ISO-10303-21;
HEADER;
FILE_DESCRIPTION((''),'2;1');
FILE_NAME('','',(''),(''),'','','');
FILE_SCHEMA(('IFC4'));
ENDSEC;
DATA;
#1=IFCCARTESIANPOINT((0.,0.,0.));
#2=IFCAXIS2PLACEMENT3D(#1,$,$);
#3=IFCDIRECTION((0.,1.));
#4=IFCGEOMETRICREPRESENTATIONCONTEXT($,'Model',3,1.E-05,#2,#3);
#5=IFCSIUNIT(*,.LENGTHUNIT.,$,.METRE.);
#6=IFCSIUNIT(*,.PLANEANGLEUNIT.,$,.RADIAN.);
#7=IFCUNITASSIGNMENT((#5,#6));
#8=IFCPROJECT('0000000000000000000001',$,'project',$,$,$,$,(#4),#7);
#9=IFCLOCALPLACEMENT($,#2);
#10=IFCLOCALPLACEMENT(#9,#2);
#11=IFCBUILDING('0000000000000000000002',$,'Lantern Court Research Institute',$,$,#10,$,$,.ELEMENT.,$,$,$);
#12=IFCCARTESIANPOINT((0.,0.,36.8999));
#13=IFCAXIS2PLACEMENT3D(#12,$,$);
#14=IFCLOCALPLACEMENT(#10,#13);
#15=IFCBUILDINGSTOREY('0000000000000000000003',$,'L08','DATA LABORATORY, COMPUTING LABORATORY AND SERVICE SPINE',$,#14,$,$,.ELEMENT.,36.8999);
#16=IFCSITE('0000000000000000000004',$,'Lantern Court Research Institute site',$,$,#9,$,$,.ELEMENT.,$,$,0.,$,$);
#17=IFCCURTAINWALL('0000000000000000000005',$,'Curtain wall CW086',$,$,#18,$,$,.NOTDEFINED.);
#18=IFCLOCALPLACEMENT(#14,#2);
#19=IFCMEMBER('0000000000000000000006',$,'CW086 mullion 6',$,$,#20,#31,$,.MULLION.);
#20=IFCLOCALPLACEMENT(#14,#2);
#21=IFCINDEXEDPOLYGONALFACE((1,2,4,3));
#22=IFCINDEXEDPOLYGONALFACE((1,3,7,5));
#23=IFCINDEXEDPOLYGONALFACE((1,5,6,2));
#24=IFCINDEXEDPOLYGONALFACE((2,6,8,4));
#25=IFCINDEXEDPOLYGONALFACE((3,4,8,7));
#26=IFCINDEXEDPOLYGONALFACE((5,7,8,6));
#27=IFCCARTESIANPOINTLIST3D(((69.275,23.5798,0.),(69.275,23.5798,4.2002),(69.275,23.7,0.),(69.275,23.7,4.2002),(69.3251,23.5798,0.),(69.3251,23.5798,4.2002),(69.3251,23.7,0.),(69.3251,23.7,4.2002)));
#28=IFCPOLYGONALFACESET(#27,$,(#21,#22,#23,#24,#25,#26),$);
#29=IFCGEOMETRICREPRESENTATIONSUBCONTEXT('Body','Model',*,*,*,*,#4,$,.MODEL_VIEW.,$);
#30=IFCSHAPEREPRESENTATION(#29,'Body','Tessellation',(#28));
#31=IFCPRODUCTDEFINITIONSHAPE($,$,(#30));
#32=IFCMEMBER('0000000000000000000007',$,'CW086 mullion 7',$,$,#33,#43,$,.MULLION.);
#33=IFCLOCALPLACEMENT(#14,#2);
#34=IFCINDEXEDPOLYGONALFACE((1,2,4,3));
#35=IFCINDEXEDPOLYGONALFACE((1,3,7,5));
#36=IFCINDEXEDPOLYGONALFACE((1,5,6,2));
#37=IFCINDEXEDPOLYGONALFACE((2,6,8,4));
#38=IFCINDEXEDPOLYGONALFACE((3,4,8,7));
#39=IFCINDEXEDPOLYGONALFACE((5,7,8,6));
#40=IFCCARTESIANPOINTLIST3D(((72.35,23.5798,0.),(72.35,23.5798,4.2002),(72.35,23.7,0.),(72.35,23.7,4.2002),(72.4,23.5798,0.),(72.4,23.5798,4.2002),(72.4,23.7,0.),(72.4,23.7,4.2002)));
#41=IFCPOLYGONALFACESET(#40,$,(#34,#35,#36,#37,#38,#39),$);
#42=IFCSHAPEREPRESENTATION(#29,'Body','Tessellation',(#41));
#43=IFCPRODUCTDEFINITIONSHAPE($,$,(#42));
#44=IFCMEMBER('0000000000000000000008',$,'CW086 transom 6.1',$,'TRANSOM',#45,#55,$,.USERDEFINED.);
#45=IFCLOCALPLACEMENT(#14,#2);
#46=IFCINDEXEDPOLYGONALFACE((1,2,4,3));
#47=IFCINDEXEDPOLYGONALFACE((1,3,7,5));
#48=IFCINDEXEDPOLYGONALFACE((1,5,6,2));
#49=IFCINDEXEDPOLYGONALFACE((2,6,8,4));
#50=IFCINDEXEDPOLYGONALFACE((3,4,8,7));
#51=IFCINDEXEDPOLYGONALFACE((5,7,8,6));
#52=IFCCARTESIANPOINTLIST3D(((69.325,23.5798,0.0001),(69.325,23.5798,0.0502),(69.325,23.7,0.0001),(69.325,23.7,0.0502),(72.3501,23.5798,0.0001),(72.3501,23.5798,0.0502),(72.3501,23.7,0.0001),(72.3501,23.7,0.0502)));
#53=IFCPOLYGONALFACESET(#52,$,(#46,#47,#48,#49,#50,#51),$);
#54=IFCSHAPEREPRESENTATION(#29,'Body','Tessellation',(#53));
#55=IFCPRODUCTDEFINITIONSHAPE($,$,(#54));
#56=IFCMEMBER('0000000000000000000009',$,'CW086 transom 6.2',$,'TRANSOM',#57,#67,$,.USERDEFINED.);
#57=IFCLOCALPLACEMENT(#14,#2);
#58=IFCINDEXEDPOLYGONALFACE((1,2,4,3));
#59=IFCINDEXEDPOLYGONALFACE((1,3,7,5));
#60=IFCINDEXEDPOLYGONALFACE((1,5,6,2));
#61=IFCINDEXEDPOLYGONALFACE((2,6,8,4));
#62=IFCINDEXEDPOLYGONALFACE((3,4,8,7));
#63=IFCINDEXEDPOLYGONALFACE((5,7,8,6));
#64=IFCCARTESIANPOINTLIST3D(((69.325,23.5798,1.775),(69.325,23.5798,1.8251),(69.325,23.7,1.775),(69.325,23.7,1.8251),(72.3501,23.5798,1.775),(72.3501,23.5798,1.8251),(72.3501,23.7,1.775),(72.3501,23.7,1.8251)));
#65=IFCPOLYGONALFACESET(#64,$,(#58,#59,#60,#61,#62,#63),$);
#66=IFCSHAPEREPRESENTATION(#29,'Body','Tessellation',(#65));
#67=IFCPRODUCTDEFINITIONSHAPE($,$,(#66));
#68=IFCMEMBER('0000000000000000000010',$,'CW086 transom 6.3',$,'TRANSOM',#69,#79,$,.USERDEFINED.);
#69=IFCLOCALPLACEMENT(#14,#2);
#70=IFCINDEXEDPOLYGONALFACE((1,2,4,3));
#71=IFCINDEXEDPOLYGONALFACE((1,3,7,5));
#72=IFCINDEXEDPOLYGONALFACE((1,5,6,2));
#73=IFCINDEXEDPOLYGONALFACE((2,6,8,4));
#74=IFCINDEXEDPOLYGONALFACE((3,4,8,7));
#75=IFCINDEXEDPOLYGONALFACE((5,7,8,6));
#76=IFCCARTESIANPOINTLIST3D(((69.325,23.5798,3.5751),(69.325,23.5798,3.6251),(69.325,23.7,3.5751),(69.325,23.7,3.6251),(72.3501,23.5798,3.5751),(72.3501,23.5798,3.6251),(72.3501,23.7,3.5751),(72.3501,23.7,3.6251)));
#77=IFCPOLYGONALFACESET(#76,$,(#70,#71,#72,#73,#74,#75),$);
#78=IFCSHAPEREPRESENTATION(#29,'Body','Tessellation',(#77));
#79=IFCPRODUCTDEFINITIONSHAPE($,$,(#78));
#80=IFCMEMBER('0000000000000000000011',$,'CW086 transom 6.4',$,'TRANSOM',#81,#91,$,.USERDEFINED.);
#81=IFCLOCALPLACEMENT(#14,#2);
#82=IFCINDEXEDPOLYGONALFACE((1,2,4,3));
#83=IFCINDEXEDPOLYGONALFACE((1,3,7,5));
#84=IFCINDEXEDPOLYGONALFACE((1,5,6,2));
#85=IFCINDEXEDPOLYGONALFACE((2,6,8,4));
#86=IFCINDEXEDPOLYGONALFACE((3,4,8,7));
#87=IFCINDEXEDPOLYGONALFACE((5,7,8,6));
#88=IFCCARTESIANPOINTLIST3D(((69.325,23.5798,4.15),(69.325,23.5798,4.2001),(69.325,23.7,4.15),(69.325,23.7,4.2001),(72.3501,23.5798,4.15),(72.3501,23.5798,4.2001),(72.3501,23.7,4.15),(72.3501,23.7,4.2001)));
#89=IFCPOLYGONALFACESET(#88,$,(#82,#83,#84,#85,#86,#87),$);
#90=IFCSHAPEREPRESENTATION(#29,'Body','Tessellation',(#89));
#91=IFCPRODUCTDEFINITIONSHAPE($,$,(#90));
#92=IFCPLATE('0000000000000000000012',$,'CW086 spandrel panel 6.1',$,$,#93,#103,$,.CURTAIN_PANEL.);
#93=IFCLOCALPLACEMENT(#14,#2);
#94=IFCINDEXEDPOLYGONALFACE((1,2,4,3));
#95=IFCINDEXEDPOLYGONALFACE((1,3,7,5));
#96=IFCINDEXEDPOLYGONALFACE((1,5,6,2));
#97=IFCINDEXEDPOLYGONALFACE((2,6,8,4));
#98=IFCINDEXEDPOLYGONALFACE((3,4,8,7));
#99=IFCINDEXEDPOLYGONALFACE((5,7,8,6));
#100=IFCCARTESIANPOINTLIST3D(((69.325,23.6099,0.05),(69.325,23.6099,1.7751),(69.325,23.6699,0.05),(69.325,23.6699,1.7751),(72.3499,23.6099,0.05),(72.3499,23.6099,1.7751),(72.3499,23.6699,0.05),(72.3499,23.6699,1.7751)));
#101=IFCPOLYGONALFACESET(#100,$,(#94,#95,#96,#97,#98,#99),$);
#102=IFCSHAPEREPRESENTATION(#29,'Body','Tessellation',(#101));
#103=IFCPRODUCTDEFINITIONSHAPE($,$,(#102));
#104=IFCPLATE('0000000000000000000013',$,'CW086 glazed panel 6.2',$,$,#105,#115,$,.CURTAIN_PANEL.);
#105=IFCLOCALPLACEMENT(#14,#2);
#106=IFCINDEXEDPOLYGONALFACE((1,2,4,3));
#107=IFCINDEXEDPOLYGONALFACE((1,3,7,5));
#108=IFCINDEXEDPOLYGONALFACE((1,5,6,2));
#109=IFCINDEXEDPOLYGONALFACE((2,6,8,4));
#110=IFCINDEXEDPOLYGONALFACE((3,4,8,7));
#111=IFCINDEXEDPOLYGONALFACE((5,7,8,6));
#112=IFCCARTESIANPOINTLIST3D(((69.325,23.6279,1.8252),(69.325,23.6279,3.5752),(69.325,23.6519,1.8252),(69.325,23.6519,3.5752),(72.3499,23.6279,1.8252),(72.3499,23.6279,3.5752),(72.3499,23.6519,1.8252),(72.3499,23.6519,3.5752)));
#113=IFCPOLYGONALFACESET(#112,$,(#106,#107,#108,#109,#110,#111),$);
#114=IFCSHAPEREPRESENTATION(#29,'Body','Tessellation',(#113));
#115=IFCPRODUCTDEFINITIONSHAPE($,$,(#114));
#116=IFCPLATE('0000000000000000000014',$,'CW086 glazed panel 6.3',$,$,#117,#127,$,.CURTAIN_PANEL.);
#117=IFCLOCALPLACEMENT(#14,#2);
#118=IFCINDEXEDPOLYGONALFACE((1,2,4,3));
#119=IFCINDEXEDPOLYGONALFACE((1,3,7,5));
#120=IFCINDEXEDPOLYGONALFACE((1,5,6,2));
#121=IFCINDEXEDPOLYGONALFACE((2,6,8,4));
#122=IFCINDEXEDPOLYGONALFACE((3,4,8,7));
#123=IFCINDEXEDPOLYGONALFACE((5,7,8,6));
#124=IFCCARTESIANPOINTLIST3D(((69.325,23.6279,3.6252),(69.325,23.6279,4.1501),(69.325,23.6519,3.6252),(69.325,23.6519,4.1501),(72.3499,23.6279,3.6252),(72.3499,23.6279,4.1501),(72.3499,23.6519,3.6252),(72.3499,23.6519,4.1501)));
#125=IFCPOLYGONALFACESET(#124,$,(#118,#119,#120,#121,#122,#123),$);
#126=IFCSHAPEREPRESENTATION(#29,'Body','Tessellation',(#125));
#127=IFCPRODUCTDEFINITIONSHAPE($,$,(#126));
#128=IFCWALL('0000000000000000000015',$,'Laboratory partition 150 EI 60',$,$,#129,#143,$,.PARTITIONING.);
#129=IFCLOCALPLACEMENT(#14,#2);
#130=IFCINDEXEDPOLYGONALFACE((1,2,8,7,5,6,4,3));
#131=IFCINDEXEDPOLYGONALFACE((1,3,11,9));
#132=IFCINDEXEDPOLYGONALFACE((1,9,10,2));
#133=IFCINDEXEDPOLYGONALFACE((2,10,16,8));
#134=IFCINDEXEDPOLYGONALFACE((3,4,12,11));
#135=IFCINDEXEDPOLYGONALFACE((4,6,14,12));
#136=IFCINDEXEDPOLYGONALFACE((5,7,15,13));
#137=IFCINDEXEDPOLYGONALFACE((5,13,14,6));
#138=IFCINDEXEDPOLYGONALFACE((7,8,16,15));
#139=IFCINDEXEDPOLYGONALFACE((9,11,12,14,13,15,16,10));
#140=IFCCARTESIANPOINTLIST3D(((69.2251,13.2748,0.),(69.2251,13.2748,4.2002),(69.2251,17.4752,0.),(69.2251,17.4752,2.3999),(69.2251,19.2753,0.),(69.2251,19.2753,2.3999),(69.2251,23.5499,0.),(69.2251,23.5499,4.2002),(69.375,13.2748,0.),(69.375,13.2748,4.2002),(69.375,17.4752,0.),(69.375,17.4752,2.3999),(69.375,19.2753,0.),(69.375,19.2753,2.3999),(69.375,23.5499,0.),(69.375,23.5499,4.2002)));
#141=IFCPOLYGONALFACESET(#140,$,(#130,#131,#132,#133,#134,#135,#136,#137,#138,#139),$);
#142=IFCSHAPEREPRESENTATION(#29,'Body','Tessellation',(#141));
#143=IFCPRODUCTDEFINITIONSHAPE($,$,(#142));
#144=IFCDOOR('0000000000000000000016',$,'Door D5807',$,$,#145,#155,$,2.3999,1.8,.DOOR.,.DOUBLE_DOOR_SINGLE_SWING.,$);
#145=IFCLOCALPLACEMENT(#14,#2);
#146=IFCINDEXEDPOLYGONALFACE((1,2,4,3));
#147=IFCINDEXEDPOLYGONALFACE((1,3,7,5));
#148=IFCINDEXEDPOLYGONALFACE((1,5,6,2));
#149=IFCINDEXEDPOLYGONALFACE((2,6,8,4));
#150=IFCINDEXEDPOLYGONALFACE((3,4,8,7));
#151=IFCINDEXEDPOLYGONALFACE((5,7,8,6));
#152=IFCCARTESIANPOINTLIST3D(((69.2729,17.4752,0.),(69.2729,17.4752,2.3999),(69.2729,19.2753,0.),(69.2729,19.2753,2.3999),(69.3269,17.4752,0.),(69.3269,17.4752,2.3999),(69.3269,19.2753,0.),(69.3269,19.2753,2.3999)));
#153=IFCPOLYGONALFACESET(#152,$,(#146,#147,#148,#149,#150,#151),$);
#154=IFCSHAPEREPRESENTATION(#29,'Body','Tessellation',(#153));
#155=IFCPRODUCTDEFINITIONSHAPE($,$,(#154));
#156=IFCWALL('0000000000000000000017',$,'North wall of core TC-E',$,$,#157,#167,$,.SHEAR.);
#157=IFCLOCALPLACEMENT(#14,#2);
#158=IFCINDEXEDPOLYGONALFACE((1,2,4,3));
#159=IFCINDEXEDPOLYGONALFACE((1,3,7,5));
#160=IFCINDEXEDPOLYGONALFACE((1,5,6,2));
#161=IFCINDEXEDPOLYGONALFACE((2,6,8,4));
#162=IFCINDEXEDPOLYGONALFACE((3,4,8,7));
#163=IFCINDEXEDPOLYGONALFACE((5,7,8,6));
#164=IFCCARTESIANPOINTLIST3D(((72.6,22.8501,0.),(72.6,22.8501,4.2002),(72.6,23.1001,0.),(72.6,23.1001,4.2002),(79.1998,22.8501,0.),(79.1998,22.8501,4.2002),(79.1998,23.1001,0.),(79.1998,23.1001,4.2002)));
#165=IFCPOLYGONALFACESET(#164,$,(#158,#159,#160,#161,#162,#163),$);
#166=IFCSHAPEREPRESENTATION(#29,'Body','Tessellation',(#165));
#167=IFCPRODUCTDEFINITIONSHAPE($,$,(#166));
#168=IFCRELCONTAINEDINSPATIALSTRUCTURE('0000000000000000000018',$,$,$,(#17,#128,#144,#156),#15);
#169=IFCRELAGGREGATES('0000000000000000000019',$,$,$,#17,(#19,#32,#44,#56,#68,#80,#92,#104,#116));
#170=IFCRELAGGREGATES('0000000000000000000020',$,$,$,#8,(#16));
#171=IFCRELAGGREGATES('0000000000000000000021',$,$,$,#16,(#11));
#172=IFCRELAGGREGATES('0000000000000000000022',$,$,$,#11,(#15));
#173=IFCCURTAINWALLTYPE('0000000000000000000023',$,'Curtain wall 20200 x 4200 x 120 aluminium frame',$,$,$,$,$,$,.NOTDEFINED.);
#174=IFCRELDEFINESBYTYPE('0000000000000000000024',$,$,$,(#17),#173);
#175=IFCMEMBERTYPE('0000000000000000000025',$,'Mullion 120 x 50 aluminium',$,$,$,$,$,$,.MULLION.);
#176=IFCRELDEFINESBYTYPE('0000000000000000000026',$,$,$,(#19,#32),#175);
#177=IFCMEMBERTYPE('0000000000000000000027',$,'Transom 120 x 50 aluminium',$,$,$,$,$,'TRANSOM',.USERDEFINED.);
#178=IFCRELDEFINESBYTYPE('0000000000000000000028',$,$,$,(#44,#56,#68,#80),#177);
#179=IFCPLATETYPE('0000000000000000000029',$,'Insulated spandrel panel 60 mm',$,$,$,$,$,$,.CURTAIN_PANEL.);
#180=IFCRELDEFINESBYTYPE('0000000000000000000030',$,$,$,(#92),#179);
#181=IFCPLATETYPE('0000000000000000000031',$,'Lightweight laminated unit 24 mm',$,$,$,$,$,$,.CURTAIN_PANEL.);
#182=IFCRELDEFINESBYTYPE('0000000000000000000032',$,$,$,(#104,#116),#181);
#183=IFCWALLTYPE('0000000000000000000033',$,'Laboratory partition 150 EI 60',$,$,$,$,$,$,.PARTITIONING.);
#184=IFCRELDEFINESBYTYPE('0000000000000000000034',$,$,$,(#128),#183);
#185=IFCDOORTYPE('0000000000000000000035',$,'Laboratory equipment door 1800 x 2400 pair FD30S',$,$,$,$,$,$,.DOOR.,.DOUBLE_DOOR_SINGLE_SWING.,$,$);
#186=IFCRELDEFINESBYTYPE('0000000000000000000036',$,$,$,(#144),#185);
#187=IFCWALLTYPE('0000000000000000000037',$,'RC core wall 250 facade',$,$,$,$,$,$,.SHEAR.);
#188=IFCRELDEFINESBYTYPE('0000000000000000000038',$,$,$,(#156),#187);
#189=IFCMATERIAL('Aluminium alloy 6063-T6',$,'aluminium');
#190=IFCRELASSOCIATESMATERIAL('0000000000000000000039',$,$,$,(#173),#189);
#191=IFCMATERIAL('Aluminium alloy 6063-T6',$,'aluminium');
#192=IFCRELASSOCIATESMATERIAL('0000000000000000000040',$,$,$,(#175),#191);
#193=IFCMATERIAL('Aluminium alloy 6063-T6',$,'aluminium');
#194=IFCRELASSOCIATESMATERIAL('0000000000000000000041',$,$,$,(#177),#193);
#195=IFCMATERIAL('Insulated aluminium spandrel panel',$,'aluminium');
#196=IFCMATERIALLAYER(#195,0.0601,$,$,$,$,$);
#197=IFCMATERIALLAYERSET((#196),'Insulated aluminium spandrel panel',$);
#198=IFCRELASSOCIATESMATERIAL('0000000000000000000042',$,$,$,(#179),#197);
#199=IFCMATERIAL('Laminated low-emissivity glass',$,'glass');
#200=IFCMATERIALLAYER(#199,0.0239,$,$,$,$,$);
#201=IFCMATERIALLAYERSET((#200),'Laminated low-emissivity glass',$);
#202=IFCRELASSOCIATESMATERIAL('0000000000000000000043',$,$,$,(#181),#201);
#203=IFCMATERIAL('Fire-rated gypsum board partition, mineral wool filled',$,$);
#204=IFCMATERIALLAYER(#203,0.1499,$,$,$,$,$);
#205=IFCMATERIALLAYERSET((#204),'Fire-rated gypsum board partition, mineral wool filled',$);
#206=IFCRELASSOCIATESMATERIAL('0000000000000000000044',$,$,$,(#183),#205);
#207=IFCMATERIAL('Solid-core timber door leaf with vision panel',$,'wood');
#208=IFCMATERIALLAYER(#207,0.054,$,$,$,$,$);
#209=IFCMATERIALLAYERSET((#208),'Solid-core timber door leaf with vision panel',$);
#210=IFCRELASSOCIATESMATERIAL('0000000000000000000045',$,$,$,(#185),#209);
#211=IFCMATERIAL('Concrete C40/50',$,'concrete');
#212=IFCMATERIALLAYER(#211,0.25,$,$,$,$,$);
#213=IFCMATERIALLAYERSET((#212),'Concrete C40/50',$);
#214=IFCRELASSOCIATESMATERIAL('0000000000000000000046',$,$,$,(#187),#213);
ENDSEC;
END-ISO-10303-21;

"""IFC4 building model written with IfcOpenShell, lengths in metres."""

from ifc_helpers import new_model, si_unit, direction, frame, frame_2d, origin, origin_2d, place, context, subcontext, project, spatial, rectangle, extrude, material, layer, layer_set, material_profile, profile_set, type_object, element, fill, aggregate, save


model = new_model("IFC4")

# Units and contexts
model_context = context("Model", 3, precision=1e-05, world=origin(), true_north=direction((0.0, 1.0)))
body_context = subcontext(model_context, "Body", "Model", "MODEL_VIEW")
ifc_project = project(units=[si_unit("LENGTHUNIT", "METRE"), si_unit("PLANEANGLEUNIT", "RADIAN")], contexts=[model_context])

# Site, building, storey
site_placement = place(None, origin())
site = spatial("IfcSite", under=ifc_project, at=site_placement, Name="Lantern Court Research Institute site", CompositionType="ELEMENT", RefElevation=0.0)
building_placement = place(site_placement, origin())
building = spatial("IfcBuilding", under=site, at=building_placement, Name="Lantern Court Research Institute", CompositionType="ELEMENT")
storey_placement = place(building_placement, frame((0.0, 0.0, 36.8999)))
storey = spatial("IfcBuildingStorey", under=building, at=storey_placement, Name="L08", Description="DATA LABORATORY, COMPUTING LABORATORY AND SERVICE SPINE", CompositionType="ELEMENT", Elevation=36.8999)

# Curtain wall, members, plates
ifc_material_1 = material(Name="Aluminium alloy 6063-T6", Category="aluminium")
curtain_wall_type = type_object("IfcCurtainWallType", Name="Curtain wall 20200 x 4200 x 120 aluminium frame", PredefinedType="NOTDEFINED", material=ifc_material_1)
curtain_wall_placement = place(storey_placement, origin())
curtain_wall = element("IfcCurtainWall", 1, at=curtain_wall_placement, inside=storey, type_object=curtain_wall_type, Name="Curtain wall CW086", PredefinedType="NOTDEFINED")
ifc_material_2 = material(Name="Aluminium alloy 6063-T6", Category="aluminium")
ifc_material_profile_1 = material_profile(ifc_material_2, rectangle(XDim=0.1201, YDim=0.05, at=origin_2d()), Name="Mullion 120 x 50")
ifc_profile_set_1 = profile_set([ifc_material_profile_1], Name="Aluminium alloy 6063-T6")
member_type_1 = type_object("IfcMemberType", Name="Mullion 120 x 50 aluminium", PredefinedType="MULLION", material=ifc_profile_set_1)
member_1_placement = place(storey_placement, frame((69.3, 23.6399, 0.0), z_axis=(0.0, 0.0, 1.0), x_axis=(0.0, 1.0, 0.0)))
member_1 = element("IfcMember", 2, at=member_1_placement, type_object=member_type_1, Name="CW086 mullion 6", PredefinedType="MULLION", context=body_context, shape_type="SweptSolid", body=[
    extrude(rectangle(XDim=0.1201, YDim=0.05, at=origin_2d()), origin(), (0.0, 0.0, 1.0), 4.2002),
])
member_2_placement = place(storey_placement, frame((72.375, 23.6399, 0.0), z_axis=(0.0, 0.0, 1.0), x_axis=(0.0, 1.0, 0.0)))
member_2 = element("IfcMember", 3, at=member_2_placement, type_object=member_type_1, Name="CW086 mullion 7", PredefinedType="MULLION", context=body_context, shape_type="SweptSolid", body=[
    extrude(rectangle(XDim=0.1201, YDim=0.05, at=origin_2d()), origin(), (0.0, 0.0, 1.0), 4.2002),
])
ifc_material_3 = material(Name="Aluminium alloy 6063-T6", Category="aluminium")
ifc_material_profile_2 = material_profile(ifc_material_3, rectangle(XDim=0.1201, YDim=0.05, at=origin_2d()), Name="Transom 120 x 50")
ifc_profile_set_2 = profile_set([ifc_material_profile_2], Name="Aluminium alloy 6063-T6")
member_type_2 = type_object("IfcMemberType", Name="Transom 120 x 50 aluminium", ElementType="TRANSOM", PredefinedType="USERDEFINED", material=ifc_profile_set_2)
member_3_placement = place(storey_placement, frame((69.325, 23.6399, 0.0251), z_axis=(1.0, 0.0, 0.0), x_axis=(0.0, 1.0, 0.0)))
member_3 = element("IfcMember", 4, at=member_3_placement, type_object=member_type_2, Name="CW086 transom 6.1", ObjectType="TRANSOM", PredefinedType="USERDEFINED", context=body_context, shape_type="SweptSolid", body=[
    extrude(rectangle(XDim=0.1201, YDim=0.05, at=origin_2d()), origin(), (0.0, 0.0, 1.0), 3.0251),
])
member_4_placement = place(storey_placement, frame((69.325, 23.6399, 1.8), z_axis=(1.0, 0.0, 0.0), x_axis=(0.0, 1.0, 0.0)))
member_4 = element("IfcMember", 5, at=member_4_placement, type_object=member_type_2, Name="CW086 transom 6.2", ObjectType="TRANSOM", PredefinedType="USERDEFINED", context=body_context, shape_type="SweptSolid", body=[
    extrude(rectangle(XDim=0.1201, YDim=0.05, at=origin_2d()), origin(), (0.0, 0.0, 1.0), 3.0251),
])
member_5_placement = place(storey_placement, frame((69.325, 23.6399, 3.6001), z_axis=(1.0, 0.0, 0.0), x_axis=(0.0, 1.0, 0.0)))
member_5 = element("IfcMember", 6, at=member_5_placement, type_object=member_type_2, Name="CW086 transom 6.3", ObjectType="TRANSOM", PredefinedType="USERDEFINED", context=body_context, shape_type="SweptSolid", body=[
    extrude(rectangle(XDim=0.1201, YDim=0.05, at=origin_2d()), origin(), (0.0, 0.0, 1.0), 3.0251),
])
member_6_placement = place(storey_placement, frame((69.325, 23.6399, 4.175), z_axis=(1.0, 0.0, 0.0), x_axis=(0.0, 1.0, 0.0)))
member_6 = element("IfcMember", 7, at=member_6_placement, type_object=member_type_2, Name="CW086 transom 6.4", ObjectType="TRANSOM", PredefinedType="USERDEFINED", context=body_context, shape_type="SweptSolid", body=[
    extrude(rectangle(XDim=0.1201, YDim=0.05, at=origin_2d()), origin(), (0.0, 0.0, 1.0), 3.0251),
])
ifc_material_4 = material(Name="Insulated aluminium spandrel panel", Category="aluminium")
ifc_layer_1 = layer(ifc_material_4, 0.0601)
ifc_layer_set_1 = layer_set([ifc_layer_1], Name="Insulated aluminium spandrel panel")
plate_type_1 = type_object("IfcPlateType", Name="Insulated spandrel panel 60 mm", PredefinedType="CURTAIN_PANEL", material=ifc_layer_set_1)
plate_1_placement = place(storey_placement, frame((70.8374, 23.6399, 0.05), z_axis=(0.0, 0.0, 1.0), x_axis=(1.0, 0.0, 0.0)))
plate_1 = element("IfcPlate", 8, at=plate_1_placement, type_object=plate_type_1, Name="CW086 spandrel panel 6.1", PredefinedType="CURTAIN_PANEL", context=body_context, shape_type="SweptSolid", body=[
    extrude(rectangle(XDim=3.0249, YDim=0.0601, at=origin_2d()), origin(), (0.0, 0.0, 1.0), 1.7251),
])
ifc_material_5 = material(Name="Laminated low-emissivity glass", Category="glass")
ifc_layer_2 = layer(ifc_material_5, 0.0239)
ifc_layer_set_2 = layer_set([ifc_layer_2], Name="Laminated low-emissivity glass")
plate_type_2 = type_object("IfcPlateType", Name="Lightweight laminated unit 24 mm", PredefinedType="CURTAIN_PANEL", material=ifc_layer_set_2)
plate_2_placement = place(storey_placement, frame((70.8374, 23.6399, 1.8252), z_axis=(0.0, 0.0, 1.0), x_axis=(1.0, 0.0, 0.0)))
plate_2 = element("IfcPlate", 9, at=plate_2_placement, type_object=plate_type_2, Name="CW086 glazed panel 6.2", PredefinedType="CURTAIN_PANEL", context=body_context, shape_type="SweptSolid", body=[
    extrude(rectangle(XDim=3.0249, YDim=0.0239, at=origin_2d()), origin(), (0.0, 0.0, 1.0), 1.75),
])
plate_3_placement = place(storey_placement, frame((70.8374, 23.6399, 3.6252), z_axis=(0.0, 0.0, 1.0), x_axis=(1.0, 0.0, 0.0)))
plate_3 = element("IfcPlate", 10, at=plate_3_placement, type_object=plate_type_2, Name="CW086 glazed panel 6.3", PredefinedType="CURTAIN_PANEL", context=body_context, shape_type="SweptSolid", body=[
    extrude(rectangle(XDim=3.0249, YDim=0.0239, at=origin_2d()), origin(), (0.0, 0.0, 1.0), 0.5249),
])
aggregate(curtain_wall, [member_1, member_2, member_3, member_4, member_5, member_6, plate_1, plate_2, plate_3])

# Wall, opening, door
ifc_material_6 = material(Name="Fire-rated gypsum board partition, mineral wool filled")
ifc_layer_3 = layer(ifc_material_6, 0.1499)
ifc_layer_set_3 = layer_set([ifc_layer_3], Name="Fire-rated gypsum board partition, mineral wool filled")
wall_type_1 = type_object("IfcWallType", Name="Laboratory partition 150 EI 60", PredefinedType="PARTITIONING", material=ifc_layer_set_3)
wall_1_placement = place(storey_placement, frame((69.3, 23.55, 0.0), z_axis=(0.0, 0.0, 1.0), x_axis=(0.0, -1.0, 0.0)))
wall_1 = element("IfcWall", 11, at=wall_1_placement, inside=storey, type_object=wall_type_1, Name="Laboratory partition 150 EI 60", PredefinedType="PARTITIONING", context=body_context, shape_type="SweptSolid", body=[
    extrude(rectangle(XDim=10.2751, YDim=0.1499, at=frame_2d((5.1377, 0.0))), origin(), (0.0, 0.0, 1.0), 4.2002),
])
opening_1_placement = place(wall_1_placement, frame((4.2749, 0.0, 0.0)))
opening_1 = element("IfcOpeningElement", 12, at=opening_1_placement, cuts=wall_1, PredefinedType="OPENING", context=body_context, shape_type="SweptSolid", body=[
    extrude(rectangle(XDim=1.8, YDim=2.3999, at=frame_2d((0.8999, 1.2))), frame((0.0, 0.085, 0.0), z_axis=(0.0, -1.0, 0.0), x_axis=(1.0, 0.0, 0.0)), (0.0, 0.0, 1.0), 0.1699),
])
ifc_material_7 = material(Name="Solid-core timber door leaf with vision panel", Category="wood")
ifc_layer_4 = layer(ifc_material_7, 0.054)
ifc_layer_set_4 = layer_set([ifc_layer_4], Name="Solid-core timber door leaf with vision panel")
door_type_1 = type_object("IfcDoorType", Name="Laboratory equipment door 1800 x 2400 pair FD30S", OperationType="DOUBLE_DOOR_SINGLE_SWING", PredefinedType="DOOR", material=ifc_layer_set_4)
door_1_placement = place(opening_1_placement, origin())
door_1 = element("IfcDoor", 13, at=door_1_placement, inside=storey, type_object=door_type_1, Name="Door D5807", OperationType="DOUBLE_DOOR_SINGLE_SWING", OverallHeight=2.3999, OverallWidth=1.8, PredefinedType="DOOR", context=body_context, shape_type="SweptSolid", body=[
    extrude(rectangle(XDim=1.8, YDim=2.3999, at=frame_2d((0.8999, 1.2))), frame((0.0, 0.0269, 0.0), z_axis=(0.0, -1.0, 0.0), x_axis=(1.0, 0.0, 0.0)), (0.0, 0.0, 1.0), 0.054),
])
fill(opening_1, door_1)

# Wall
ifc_material_8 = material(Name="Concrete C40/50", Category="concrete")
ifc_layer_5 = layer(ifc_material_8, 0.25)
ifc_layer_set_5 = layer_set([ifc_layer_5], Name="Concrete C40/50")
wall_type_2 = type_object("IfcWallType", Name="RC core wall 250 facade", PredefinedType="SHEAR", material=ifc_layer_set_5)
wall_2_placement = place(storey_placement, frame((72.6001, 22.9751, 0.0), z_axis=(0.0, 0.0, 1.0), x_axis=(1.0, 0.0, 0.0)))
element("IfcWall", 14, at=wall_2_placement, inside=storey, type_object=wall_type_2, Name="North wall of core TC-E", PredefinedType="SHEAR", context=body_context, shape_type="SweptSolid", body=[
    extrude(rectangle(XDim=6.5999, YDim=0.25, at=frame_2d((3.2998, 0.0))), origin(), (0.0, 0.0, 1.0), 4.2002),
])

save(model, "model.ifc")
